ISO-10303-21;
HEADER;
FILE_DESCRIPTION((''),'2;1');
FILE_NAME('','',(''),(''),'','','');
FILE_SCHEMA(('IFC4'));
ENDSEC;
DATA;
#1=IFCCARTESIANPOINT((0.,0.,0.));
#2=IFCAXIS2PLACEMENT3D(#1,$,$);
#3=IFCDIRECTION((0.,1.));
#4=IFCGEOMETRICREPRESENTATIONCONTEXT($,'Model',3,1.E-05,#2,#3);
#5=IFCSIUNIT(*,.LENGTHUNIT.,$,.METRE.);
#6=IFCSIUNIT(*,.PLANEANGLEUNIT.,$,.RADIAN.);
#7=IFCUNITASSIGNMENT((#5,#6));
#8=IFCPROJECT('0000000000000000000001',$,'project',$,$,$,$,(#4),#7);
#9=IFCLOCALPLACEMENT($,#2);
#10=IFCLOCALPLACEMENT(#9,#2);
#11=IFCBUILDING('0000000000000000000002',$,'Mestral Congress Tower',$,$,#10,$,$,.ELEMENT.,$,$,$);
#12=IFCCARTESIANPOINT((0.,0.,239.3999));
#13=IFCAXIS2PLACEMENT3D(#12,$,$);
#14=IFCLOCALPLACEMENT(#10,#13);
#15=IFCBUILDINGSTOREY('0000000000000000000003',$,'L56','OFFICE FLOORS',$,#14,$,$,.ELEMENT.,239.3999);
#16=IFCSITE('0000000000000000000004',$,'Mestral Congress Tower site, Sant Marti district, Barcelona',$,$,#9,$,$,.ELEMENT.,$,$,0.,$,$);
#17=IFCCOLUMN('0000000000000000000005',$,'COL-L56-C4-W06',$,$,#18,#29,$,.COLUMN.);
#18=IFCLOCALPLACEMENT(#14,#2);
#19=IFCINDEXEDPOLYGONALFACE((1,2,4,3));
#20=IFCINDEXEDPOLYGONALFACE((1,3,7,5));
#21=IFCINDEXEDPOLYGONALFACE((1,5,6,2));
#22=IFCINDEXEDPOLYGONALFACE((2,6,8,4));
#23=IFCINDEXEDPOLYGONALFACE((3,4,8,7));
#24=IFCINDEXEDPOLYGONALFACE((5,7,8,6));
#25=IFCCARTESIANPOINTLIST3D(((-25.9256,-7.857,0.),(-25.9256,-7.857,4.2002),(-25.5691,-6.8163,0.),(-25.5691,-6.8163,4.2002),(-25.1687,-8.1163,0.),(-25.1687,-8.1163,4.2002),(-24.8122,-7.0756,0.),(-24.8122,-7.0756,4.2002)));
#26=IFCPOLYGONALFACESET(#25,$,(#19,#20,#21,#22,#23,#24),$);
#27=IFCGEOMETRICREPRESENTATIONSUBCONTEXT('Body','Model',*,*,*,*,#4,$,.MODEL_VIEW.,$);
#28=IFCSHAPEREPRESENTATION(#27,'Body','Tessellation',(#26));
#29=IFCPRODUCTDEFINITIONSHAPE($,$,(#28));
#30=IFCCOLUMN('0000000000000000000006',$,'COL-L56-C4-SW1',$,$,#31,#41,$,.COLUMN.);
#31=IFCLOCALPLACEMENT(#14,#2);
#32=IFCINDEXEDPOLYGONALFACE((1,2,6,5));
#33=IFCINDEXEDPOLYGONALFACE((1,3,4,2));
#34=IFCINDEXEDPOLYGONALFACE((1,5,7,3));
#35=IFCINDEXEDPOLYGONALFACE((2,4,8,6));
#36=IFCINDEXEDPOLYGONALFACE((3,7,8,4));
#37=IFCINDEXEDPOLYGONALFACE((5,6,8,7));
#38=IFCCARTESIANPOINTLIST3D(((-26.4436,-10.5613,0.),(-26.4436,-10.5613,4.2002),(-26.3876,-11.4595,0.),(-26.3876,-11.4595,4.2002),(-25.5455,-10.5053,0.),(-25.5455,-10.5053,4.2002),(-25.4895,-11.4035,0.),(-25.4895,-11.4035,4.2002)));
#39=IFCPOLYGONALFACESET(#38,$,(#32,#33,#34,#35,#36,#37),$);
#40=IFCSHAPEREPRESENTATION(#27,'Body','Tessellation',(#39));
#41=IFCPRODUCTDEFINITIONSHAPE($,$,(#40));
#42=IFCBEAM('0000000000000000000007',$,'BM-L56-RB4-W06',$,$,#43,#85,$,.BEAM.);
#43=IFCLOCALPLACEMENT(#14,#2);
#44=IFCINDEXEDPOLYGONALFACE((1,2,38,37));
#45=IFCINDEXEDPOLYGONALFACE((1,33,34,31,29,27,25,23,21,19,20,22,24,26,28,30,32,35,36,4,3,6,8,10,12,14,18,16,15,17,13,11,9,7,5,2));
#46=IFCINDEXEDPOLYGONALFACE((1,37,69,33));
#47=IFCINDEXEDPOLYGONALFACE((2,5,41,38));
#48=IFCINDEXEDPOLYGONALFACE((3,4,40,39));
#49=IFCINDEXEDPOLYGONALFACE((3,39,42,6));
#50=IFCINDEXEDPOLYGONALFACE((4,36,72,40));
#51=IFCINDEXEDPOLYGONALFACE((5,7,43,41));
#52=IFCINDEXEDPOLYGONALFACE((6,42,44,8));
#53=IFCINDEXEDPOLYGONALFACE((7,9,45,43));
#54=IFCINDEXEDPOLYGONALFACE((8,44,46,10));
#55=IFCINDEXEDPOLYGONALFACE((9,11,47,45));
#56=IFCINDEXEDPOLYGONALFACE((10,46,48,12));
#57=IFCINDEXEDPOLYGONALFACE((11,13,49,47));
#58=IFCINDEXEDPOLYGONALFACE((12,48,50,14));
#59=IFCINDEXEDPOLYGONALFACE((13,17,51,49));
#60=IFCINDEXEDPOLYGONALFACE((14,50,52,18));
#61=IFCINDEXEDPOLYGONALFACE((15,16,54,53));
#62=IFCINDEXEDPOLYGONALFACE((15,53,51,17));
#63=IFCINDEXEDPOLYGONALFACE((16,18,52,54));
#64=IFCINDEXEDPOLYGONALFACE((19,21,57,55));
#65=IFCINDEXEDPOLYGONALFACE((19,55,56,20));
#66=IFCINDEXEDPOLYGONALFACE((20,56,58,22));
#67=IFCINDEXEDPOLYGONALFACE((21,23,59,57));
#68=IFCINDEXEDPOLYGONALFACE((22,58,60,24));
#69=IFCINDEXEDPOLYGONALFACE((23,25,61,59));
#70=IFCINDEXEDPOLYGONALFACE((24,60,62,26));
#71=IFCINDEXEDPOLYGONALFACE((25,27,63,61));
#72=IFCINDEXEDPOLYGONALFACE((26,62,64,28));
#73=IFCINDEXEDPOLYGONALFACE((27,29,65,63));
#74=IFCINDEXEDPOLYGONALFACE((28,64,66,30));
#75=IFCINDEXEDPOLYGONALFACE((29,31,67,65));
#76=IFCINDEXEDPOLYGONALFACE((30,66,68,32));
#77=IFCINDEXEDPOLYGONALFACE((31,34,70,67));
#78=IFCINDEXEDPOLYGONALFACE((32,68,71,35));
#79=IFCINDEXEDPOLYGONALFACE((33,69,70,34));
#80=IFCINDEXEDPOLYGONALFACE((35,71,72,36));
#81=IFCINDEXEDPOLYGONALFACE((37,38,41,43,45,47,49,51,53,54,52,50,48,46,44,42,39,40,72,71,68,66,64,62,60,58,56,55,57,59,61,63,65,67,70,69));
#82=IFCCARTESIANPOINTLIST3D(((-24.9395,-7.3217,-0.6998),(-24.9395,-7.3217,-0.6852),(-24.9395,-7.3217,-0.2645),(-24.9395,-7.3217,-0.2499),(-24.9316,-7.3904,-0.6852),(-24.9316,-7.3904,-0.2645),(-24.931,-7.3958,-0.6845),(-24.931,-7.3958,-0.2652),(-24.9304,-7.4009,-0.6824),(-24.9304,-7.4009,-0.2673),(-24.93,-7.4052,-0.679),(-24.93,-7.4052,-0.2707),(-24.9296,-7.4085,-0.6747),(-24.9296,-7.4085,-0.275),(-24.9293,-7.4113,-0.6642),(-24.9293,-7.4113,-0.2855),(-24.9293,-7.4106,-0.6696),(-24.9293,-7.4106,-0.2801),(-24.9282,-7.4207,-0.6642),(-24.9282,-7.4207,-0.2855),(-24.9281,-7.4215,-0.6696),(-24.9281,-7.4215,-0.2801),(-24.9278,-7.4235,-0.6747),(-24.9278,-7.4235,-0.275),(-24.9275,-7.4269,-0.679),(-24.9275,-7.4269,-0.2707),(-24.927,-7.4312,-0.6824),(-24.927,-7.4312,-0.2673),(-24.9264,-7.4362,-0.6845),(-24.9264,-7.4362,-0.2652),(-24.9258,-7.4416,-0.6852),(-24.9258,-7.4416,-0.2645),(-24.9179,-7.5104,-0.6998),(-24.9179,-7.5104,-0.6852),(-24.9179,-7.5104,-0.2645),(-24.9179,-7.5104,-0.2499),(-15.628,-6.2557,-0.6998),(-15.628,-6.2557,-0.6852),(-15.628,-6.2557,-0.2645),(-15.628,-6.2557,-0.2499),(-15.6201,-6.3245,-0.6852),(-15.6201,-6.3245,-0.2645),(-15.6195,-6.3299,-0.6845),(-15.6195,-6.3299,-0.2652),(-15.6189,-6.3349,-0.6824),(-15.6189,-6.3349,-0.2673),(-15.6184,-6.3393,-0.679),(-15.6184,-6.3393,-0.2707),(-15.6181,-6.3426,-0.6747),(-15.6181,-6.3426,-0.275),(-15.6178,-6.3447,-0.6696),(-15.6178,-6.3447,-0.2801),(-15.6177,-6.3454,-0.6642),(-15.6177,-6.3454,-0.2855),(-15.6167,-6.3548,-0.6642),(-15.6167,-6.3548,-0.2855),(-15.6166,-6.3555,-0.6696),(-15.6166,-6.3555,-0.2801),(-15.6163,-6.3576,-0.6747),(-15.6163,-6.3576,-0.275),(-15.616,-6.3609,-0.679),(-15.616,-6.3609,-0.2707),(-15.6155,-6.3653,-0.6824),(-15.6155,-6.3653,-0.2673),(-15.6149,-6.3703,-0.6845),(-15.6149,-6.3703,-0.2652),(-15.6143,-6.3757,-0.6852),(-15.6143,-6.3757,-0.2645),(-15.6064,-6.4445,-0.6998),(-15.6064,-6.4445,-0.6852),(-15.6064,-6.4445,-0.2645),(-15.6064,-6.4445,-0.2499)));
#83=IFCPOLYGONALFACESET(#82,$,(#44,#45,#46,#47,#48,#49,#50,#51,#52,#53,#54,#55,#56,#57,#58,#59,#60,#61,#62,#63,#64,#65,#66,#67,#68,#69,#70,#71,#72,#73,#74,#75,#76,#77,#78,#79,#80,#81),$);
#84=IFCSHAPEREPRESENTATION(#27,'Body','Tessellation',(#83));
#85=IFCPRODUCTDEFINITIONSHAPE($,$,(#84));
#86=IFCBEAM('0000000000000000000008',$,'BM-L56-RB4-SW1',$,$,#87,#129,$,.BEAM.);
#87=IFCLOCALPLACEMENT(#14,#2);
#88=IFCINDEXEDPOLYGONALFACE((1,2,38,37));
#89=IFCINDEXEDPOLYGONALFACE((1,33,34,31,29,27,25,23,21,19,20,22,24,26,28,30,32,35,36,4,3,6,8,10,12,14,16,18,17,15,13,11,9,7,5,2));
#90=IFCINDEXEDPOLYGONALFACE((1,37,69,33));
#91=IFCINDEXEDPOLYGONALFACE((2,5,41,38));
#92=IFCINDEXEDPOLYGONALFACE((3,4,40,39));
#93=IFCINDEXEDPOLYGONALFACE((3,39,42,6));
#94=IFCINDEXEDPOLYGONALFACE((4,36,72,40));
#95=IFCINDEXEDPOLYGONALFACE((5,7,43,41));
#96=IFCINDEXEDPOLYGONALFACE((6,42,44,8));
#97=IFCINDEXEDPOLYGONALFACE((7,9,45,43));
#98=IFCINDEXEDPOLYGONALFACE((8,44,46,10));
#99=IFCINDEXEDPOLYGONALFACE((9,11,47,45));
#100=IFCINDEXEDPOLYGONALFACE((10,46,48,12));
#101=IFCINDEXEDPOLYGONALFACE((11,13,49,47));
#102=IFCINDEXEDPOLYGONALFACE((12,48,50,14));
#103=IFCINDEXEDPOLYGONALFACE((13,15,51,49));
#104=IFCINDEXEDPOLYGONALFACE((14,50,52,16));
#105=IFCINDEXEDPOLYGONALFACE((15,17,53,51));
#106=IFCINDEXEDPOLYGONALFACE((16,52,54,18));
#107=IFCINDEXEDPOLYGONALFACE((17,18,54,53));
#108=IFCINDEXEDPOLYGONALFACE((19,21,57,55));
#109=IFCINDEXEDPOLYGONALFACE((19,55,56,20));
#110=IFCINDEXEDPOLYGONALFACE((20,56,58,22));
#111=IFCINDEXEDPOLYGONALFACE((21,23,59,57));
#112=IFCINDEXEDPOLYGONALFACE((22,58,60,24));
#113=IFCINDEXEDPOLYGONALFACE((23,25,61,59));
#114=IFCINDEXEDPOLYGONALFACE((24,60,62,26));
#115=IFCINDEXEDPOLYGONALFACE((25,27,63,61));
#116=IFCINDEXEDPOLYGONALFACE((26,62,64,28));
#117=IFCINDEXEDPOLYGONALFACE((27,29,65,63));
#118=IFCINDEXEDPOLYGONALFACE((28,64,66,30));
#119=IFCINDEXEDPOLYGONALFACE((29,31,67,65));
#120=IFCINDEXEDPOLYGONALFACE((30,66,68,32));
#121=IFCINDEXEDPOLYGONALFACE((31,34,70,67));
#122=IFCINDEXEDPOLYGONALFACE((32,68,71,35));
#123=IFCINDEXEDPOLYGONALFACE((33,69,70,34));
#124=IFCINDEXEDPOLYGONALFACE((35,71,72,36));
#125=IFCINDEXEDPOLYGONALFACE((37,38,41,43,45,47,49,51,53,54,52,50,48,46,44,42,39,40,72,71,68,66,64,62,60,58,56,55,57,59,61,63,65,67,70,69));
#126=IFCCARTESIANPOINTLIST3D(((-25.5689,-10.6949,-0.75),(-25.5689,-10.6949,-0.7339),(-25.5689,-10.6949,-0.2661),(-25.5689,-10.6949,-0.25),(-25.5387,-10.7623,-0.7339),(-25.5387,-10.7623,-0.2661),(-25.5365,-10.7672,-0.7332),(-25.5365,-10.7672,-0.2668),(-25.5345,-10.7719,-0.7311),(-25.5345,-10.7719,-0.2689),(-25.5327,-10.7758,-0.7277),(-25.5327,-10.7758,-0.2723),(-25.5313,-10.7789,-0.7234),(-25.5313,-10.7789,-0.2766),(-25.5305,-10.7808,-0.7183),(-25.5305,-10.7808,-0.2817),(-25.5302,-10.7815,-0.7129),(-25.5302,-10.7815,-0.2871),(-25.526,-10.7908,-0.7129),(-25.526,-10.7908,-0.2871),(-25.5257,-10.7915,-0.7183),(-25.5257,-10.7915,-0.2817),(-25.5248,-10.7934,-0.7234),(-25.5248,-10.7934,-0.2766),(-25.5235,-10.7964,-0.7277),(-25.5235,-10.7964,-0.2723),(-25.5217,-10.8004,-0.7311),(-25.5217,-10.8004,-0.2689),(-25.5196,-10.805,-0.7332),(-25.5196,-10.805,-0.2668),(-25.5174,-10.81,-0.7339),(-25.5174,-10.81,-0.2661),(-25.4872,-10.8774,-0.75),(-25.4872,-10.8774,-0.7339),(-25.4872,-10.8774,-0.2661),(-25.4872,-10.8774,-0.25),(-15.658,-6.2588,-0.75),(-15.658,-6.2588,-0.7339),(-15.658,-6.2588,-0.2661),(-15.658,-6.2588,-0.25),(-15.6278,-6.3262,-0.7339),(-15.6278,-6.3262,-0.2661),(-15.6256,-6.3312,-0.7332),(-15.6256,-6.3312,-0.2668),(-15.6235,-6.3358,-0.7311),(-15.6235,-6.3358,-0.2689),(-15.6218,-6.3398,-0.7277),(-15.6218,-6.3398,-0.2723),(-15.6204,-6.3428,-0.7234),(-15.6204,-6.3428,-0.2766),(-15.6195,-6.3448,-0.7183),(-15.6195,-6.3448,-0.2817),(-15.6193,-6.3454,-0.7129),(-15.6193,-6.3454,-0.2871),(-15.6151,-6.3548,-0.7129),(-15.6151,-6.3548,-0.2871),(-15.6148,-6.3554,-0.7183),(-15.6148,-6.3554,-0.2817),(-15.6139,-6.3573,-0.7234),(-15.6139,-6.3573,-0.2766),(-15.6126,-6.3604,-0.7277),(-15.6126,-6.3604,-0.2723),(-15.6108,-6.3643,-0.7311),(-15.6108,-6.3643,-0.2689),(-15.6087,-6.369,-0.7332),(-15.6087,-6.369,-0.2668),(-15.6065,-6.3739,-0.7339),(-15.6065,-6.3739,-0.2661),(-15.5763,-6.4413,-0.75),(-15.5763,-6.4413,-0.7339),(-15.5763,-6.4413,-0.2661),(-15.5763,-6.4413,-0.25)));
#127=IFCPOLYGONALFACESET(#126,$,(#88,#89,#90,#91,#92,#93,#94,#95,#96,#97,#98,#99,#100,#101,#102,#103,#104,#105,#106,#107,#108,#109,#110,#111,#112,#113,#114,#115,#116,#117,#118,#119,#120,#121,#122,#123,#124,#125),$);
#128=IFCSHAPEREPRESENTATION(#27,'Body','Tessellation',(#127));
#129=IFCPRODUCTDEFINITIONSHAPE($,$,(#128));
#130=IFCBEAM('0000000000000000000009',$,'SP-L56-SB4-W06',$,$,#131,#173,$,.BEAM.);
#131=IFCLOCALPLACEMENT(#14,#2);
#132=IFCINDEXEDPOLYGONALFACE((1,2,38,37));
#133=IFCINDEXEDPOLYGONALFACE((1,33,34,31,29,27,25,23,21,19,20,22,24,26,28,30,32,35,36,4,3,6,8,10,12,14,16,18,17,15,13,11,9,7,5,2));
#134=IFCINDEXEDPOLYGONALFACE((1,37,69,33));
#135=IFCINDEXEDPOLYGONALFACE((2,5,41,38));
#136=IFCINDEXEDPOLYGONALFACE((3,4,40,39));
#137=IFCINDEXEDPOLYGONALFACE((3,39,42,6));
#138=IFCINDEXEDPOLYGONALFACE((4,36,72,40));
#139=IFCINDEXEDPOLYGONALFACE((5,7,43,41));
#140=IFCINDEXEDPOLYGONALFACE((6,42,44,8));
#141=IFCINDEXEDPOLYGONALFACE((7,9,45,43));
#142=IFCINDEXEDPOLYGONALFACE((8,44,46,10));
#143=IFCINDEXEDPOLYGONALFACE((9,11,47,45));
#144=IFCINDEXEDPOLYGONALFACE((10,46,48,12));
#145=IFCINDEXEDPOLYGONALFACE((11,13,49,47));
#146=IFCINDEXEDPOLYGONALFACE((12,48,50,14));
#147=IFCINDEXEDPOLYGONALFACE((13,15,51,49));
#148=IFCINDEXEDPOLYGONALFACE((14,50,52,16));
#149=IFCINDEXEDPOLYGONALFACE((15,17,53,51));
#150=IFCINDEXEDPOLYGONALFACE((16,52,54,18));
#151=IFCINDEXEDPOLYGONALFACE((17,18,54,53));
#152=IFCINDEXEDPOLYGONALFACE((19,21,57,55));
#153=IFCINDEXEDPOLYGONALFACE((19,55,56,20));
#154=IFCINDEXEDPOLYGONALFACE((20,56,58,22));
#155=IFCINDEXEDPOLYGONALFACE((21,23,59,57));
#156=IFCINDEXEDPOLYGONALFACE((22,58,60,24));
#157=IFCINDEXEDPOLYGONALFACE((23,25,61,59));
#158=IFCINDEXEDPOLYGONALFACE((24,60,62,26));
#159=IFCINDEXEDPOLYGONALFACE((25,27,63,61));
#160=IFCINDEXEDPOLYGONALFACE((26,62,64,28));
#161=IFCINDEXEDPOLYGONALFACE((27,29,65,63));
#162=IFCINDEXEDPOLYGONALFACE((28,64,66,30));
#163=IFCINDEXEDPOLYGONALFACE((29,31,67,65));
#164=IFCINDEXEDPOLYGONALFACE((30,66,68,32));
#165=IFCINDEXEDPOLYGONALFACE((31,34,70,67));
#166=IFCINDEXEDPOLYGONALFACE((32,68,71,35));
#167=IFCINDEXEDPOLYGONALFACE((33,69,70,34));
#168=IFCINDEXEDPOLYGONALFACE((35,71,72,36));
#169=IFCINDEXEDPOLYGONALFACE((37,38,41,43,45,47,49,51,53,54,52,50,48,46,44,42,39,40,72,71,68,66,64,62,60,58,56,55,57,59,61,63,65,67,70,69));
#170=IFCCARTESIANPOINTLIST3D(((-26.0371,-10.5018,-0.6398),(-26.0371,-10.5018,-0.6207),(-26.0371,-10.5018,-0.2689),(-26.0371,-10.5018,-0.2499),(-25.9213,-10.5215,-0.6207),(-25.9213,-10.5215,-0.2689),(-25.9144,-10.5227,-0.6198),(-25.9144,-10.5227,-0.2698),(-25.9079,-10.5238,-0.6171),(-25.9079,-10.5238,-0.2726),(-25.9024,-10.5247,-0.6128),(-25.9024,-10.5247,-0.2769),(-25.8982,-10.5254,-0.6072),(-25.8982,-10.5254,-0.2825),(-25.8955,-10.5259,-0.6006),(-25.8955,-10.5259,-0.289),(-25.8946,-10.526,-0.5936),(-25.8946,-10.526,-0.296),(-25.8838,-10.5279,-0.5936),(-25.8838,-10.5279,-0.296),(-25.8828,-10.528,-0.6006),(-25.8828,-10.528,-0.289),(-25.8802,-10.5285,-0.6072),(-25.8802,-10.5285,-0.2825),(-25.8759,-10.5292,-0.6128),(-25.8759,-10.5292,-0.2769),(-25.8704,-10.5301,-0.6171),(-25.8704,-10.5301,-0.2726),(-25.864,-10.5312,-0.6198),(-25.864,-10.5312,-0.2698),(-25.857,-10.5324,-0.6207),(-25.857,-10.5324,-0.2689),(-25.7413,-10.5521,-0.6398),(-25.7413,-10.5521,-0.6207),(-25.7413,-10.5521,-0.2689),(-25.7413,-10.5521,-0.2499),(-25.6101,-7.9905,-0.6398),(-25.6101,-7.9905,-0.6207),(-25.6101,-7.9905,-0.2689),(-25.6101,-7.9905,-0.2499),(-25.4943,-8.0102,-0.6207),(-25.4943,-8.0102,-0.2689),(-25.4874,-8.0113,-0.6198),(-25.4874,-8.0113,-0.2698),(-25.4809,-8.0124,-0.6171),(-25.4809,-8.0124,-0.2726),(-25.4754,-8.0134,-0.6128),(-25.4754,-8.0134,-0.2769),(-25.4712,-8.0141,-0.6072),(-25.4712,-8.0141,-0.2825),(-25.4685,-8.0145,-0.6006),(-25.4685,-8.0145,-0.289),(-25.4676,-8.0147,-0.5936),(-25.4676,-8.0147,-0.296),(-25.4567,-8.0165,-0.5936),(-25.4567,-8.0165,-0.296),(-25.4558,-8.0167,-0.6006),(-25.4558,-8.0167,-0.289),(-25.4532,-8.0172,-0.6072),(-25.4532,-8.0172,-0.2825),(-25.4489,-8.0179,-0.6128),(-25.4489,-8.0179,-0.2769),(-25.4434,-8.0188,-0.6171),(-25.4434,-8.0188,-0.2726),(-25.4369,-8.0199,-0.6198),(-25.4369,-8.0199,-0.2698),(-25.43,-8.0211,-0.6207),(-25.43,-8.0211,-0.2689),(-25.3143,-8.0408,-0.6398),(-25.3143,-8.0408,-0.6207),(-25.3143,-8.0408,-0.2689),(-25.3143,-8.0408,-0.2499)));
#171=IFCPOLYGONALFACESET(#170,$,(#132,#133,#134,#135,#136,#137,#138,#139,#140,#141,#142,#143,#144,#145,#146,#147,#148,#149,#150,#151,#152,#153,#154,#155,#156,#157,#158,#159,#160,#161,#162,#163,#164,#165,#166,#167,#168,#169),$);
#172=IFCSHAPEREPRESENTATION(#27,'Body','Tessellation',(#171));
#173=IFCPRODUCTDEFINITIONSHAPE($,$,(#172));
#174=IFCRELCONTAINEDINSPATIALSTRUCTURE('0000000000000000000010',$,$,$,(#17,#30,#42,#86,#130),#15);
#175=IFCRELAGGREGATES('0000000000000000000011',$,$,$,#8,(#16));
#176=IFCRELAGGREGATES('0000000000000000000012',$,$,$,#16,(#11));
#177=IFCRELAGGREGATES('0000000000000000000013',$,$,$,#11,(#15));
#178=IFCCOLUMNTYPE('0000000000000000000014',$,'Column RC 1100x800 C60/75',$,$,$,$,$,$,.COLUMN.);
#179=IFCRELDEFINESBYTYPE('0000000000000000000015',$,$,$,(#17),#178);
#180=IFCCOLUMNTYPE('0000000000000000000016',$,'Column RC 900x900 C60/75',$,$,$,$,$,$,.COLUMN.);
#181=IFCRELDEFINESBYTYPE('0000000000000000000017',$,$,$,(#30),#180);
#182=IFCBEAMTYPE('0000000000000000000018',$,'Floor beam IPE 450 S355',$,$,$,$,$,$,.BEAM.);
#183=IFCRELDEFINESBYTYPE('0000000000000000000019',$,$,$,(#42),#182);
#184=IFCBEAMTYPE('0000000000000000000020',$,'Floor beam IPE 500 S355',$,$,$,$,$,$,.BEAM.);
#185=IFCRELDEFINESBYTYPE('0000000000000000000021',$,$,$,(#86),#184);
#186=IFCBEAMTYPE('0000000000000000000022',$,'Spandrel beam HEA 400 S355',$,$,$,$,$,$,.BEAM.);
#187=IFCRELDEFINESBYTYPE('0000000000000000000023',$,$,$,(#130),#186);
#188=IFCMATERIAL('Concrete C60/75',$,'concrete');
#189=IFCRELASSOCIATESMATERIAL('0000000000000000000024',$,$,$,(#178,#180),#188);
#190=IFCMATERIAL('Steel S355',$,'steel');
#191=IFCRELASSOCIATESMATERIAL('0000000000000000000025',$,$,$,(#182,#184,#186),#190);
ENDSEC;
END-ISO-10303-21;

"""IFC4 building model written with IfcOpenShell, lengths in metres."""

from ifc_helpers import new_model, si_unit, direction, frame, origin, origin_2d, place, context, subcontext, project, spatial, rectangle, i_section, extrude, material, material_profile, profile_set, type_object, element, save


model = new_model("IFC4")

# Units and contexts
model_context = context("Model", 3, precision=1e-05, world=origin(), true_north=direction((0.0, 1.0)))
body_context = subcontext(model_context, "Body", "Model", "MODEL_VIEW")
ifc_project = project(units=[si_unit("LENGTHUNIT", "METRE"), si_unit("PLANEANGLEUNIT", "RADIAN")], contexts=[model_context])

# Site, building, storey
site_placement = place(None, origin())
site = spatial("IfcSite", under=ifc_project, at=site_placement, Name="Mestral Congress Tower site, Sant Marti district, Barcelona", CompositionType="ELEMENT", RefElevation=0.0)
building_placement = place(site_placement, origin())
building = spatial("IfcBuilding", under=site, at=building_placement, Name="Mestral Congress Tower", CompositionType="ELEMENT")
storey_placement = place(building_placement, frame((0.0, 0.0, 239.3999)))
storey = spatial("IfcBuildingStorey", under=building, at=storey_placement, Name="L56", Description="OFFICE FLOORS", CompositionType="ELEMENT", Elevation=239.3999)

# Columns
ifc_material_1 = material(Name="Concrete C60/75", Category="concrete")
ifc_material_profile_1 = material_profile(ifc_material_1, rectangle(XDim=1.1001, YDim=0.8, at=origin_2d()), Name="RC 1100x800")
ifc_profile_set_1 = profile_set([ifc_material_profile_1], Name="Concrete C60/75")
column_type_1 = type_object("IfcColumnType", Name="Column RC 1100x800 C60/75", PredefinedType="COLUMN", material=ifc_profile_set_1)
column_1_placement = place(storey_placement, frame((-25.3689, -7.4663, 0.0), z_axis=(0.0, 0.0, 1.0), x_axis=(-0.324074, -0.946032, 0.0)))
element("IfcColumn", 1, at=column_1_placement, inside=storey, type_object=column_type_1, Name="COL-L56-C4-W06", PredefinedType="COLUMN", context=body_context, shape_type="SweptSolid", body=[
    extrude(rectangle(XDim=1.1001, YDim=0.8, at=origin_2d()), origin(), (0.0, 0.0, 1.0), 4.2002),
])
ifc_material_profile_2 = material_profile(ifc_material_1, rectangle(XDim=0.8999, YDim=0.8999, at=origin_2d()), Name="RC 900x900")
ifc_profile_set_2 = profile_set([ifc_material_profile_2], Name="Concrete C60/75")
column_type_2 = type_object("IfcColumnType", Name="Column RC 900x900 C60/75", PredefinedType="COLUMN", material=ifc_profile_set_2)
column_2_placement = place(storey_placement, frame((-25.9666, -10.9824, 0.0), z_axis=(0.0, 0.0, 1.0), x_axis=(0.062217, -0.998063, 0.0)))
element("IfcColumn", 2, at=column_2_placement, inside=storey, type_object=column_type_2, Name="COL-L56-C4-SW1", PredefinedType="COLUMN", context=body_context, shape_type="SweptSolid", body=[
    extrude(rectangle(XDim=0.8999, YDim=0.8999, at=origin_2d()), origin(), (0.0, 0.0, 1.0), 4.2002),
])

# Beams
ifc_material_2 = material(Name="Steel S355", Category="steel")
ifc_material_profile_3 = material_profile(ifc_material_2, i_section(OverallWidth=0.1899, OverallDepth=0.45, WebThickness=0.0095, FlangeThickness=0.0146, FilletRadius=0.021, at=origin_2d()), Name="IPE 450")
ifc_profile_set_3 = profile_set([ifc_material_profile_3], Name="Steel S355")
beam_type_1 = type_object("IfcBeamType", Name="Floor beam IPE 450 S355", PredefinedType="BEAM", material=ifc_profile_set_3)
beam_1_placement = place(storey_placement, frame((-24.9287, -7.416, -0.4749), z_axis=(0.993512, 0.11373, 0.0), x_axis=(-0.11373, 0.993512, 0.0)))
element("IfcBeam", 3, at=beam_1_placement, inside=storey, type_object=beam_type_1, Name="BM-L56-RB4-W06", PredefinedType="BEAM", context=body_context, shape_type="SweptSolid", body=[
    extrude(i_section(OverallWidth=0.1899, OverallDepth=0.45, WebThickness=0.0095, FlangeThickness=0.0146, FilletRadius=0.021, at=origin_2d()), origin(), (0.0, 0.0, 1.0), 9.3723),
])
ifc_material_profile_4 = material_profile(ifc_material_2, i_section(OverallWidth=0.2, OverallDepth=0.5, WebThickness=0.0103, FlangeThickness=0.0161, FilletRadius=0.021, at=origin_2d()), Name="IPE 500")
ifc_profile_set_4 = profile_set([ifc_material_profile_4], Name="Steel S355")
beam_type_2 = type_object("IfcBeamType", Name="Floor beam IPE 500 S355", PredefinedType="BEAM", material=ifc_profile_set_4)
beam_2_placement = place(storey_placement, frame((-25.5281, -10.7861, -0.5), z_axis=(0.912742, 0.408536, 0.0), x_axis=(-0.408536, 0.912742, 0.0)))
element("IfcBeam", 4, at=beam_2_placement, inside=storey, type_object=beam_type_2, Name="BM-L56-RB4-SW1", PredefinedType="BEAM", context=body_context, shape_type="SweptSolid", body=[
    extrude(i_section(OverallWidth=0.2, OverallDepth=0.5, WebThickness=0.0103, FlangeThickness=0.0161, FilletRadius=0.021, at=origin_2d()), origin(), (0.0, 0.0, 1.0), 10.8584),
])
ifc_material_profile_5 = material_profile(ifc_material_2, i_section(OverallWidth=0.3, OverallDepth=0.3899, WebThickness=0.011, FlangeThickness=0.019, FilletRadius=0.0271, at=origin_2d()), Name="HEA 400")
ifc_profile_set_5 = profile_set([ifc_material_profile_5], Name="Steel S355")
beam_type_3 = type_object("IfcBeamType", Name="Spandrel beam HEA 400 S355", PredefinedType="BEAM", material=ifc_profile_set_5)
beam_3_placement = place(storey_placement, frame((-25.4622, -8.0156, -0.4448), z_axis=(-0.167631, -0.98585, 0.0), x_axis=(0.98585, -0.167631, 0.0)))
element("IfcBeam", 5, at=beam_3_placement, inside=storey, type_object=beam_type_3, Name="SP-L56-SB4-W06", PredefinedType="BEAM", context=body_context, shape_type="SweptSolid", body=[
    extrude(i_section(OverallWidth=0.3, OverallDepth=0.3899, WebThickness=0.011, FlangeThickness=0.019, FilletRadius=0.0271, at=origin_2d()), origin(), (0.0, 0.0, 1.0), 2.5474),
])

save(model, "model.ifc")
